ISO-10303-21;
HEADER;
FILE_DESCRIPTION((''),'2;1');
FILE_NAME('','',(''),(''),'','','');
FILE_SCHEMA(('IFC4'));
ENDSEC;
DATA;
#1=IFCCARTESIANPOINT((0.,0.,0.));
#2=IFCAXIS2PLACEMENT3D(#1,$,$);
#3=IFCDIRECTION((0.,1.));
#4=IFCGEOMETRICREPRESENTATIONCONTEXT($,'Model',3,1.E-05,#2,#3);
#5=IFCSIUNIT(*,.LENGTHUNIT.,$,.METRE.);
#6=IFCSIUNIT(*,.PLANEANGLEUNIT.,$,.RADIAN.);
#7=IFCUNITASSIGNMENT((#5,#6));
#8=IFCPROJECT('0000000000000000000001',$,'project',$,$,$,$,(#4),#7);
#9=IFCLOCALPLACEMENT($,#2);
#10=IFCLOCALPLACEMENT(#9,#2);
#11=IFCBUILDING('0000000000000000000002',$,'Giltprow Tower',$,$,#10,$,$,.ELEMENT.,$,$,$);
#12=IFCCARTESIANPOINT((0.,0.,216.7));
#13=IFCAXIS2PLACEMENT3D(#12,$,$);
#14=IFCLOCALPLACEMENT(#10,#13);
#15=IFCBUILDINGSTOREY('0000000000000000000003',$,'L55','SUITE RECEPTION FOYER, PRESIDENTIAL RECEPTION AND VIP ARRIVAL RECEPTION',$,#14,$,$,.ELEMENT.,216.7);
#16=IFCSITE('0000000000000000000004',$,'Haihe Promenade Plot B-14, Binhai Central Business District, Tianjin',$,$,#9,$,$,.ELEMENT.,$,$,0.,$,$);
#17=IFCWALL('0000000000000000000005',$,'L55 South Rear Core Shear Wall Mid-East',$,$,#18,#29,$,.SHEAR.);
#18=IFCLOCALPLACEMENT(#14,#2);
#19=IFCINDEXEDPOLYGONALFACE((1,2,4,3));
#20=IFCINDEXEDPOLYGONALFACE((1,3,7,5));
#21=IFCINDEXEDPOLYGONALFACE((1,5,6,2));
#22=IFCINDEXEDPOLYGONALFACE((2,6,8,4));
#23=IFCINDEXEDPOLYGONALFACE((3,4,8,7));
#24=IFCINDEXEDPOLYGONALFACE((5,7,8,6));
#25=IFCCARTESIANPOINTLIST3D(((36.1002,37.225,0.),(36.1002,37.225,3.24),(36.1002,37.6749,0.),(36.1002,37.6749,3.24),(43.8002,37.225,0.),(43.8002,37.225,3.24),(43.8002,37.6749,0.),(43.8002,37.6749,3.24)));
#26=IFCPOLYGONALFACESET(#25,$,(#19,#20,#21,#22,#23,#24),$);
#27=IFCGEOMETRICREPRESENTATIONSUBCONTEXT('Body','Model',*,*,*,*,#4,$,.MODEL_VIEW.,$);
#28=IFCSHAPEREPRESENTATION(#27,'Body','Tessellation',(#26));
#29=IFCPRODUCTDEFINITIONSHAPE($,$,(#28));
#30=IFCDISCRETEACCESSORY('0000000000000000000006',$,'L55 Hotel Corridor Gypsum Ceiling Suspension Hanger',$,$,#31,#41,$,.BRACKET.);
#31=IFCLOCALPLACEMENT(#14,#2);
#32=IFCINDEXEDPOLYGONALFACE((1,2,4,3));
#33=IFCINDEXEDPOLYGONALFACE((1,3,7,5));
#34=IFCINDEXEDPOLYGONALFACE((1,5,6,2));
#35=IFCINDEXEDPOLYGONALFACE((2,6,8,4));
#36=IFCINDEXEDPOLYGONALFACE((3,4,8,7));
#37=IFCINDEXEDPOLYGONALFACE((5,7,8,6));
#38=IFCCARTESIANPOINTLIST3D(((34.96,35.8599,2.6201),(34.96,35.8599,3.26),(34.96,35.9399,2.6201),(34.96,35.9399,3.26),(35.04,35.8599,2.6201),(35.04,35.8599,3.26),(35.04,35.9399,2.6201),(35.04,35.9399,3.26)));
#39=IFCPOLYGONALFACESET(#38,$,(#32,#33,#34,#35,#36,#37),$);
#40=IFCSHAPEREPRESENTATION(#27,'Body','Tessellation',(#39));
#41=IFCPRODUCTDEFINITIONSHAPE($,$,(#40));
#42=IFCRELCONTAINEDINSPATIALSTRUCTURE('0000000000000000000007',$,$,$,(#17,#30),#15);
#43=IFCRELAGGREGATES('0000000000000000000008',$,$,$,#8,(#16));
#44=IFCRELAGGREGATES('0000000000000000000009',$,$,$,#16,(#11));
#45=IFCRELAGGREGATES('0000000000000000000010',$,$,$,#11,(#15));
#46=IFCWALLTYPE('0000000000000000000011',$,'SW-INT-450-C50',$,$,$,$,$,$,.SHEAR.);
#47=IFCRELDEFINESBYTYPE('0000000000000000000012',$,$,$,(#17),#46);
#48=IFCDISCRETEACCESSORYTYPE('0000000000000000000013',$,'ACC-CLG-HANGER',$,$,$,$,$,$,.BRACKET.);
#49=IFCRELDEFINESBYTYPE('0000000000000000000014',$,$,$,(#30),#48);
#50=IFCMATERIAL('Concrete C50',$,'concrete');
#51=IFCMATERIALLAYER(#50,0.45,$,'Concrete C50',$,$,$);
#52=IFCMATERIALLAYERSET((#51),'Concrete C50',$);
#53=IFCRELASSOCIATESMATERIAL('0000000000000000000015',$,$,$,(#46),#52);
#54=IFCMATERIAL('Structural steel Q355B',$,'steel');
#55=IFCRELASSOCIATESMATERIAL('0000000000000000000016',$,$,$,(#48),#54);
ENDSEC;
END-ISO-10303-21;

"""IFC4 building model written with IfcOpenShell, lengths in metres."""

from ifc_helpers import new_model, si_unit, direction, frame, frame_2d, origin, origin_2d, place, context, subcontext, project, spatial, rectangle, extrude, source, transform, mapped, material, layer, layer_set, type_object, element, save


model = new_model("IFC4")

# Units and contexts
model_context = context("Model", 3, precision=1e-05, world=origin(), true_north=direction((0.0, 1.0)))
body_context = subcontext(model_context, "Body", "Model", "MODEL_VIEW")
ifc_project = project(units=[si_unit("LENGTHUNIT", "METRE"), si_unit("PLANEANGLEUNIT", "RADIAN")], contexts=[model_context])

# Site, building, storey
site_placement = place(None, origin())
site = spatial("IfcSite", under=ifc_project, at=site_placement, Name="Haihe Promenade Plot B-14, Binhai Central Business District, Tianjin", CompositionType="ELEMENT", RefElevation=0.0)
building_placement = place(site_placement, origin())
building = spatial("IfcBuilding", under=site, at=building_placement, Name="Giltprow Tower", CompositionType="ELEMENT")
storey_placement = place(building_placement, frame((0.0, 0.0, 216.7)))
storey = spatial("IfcBuildingStorey", under=building, at=storey_placement, Name="L55", Description="SUITE RECEPTION FOYER, PRESIDENTIAL RECEPTION AND VIP ARRIVAL RECEPTION", CompositionType="ELEMENT", Elevation=216.7)

# Shared definitions
ifc_material_1 = material(Name="Concrete C50", Category="concrete")

# Shared definitions
ifc_material_2 = material(Name="Structural steel Q355B", Category="steel")

# Wall
ifc_layer_1 = layer(ifc_material_1, 0.45, Name="Concrete C50")
ifc_layer_set_1 = layer_set([ifc_layer_1], Name="Concrete C50")
wall_type_1 = type_object("IfcWallType", Name="SW-INT-450-C50", PredefinedType="SHEAR", material=ifc_layer_set_1)
wall_1_placement = place(storey_placement, frame((36.1001, 37.45, 0.0), z_axis=(0.0, 0.0, 1.0), x_axis=(1.0, 0.0, 0.0)))
element("IfcWall", 1, at=wall_1_placement, inside=storey, type_object=wall_type_1, Name="L55 South Rear Core Shear Wall Mid-East", PredefinedType="SHEAR", context=body_context, shape_type="SweptSolid", body=[
    extrude(rectangle(XDim=7.7, YDim=0.45, at=frame_2d((3.8501, 0.0))), origin(), (0.0, 0.0, 1.0), 3.24),
])

# Discrete accessory
discrete_accessory_type = type_object("IfcDiscreteAccessoryType", Name="ACC-CLG-HANGER", PredefinedType="BRACKET", material=ifc_material_2)
shared_shape_1 = source(origin(), body_context, "Body", "SweptSolid", [
    extrude(rectangle(XDim=0.0801, YDim=0.0801, at=origin_2d()), origin(), (0.0, 0.0, 1.0), 0.6399),
])
discrete_accessory_placement = place(storey_placement, frame((35.0, 35.8999, 2.6201), z_axis=(0.0, 0.0, 1.0), x_axis=(1.0, 0.0, 0.0)))
element("IfcDiscreteAccessory", 2, at=discrete_accessory_placement, inside=storey, type_object=discrete_accessory_type, Name="L55 Hotel Corridor Gypsum Ceiling Suspension Hanger", PredefinedType="BRACKET", context=body_context, shape_type="MappedRepresentation", body=[
    mapped(shared_shape_1, transform((0.0, 0.0, 0.0), x_axis=(1.0, 0.0, 0.0), y_axis=(0.0, 1.0, 0.0), z_axis=(0.0, 0.0, 1.0), scale=1.0)),
])

save(model, "model.ifc")
